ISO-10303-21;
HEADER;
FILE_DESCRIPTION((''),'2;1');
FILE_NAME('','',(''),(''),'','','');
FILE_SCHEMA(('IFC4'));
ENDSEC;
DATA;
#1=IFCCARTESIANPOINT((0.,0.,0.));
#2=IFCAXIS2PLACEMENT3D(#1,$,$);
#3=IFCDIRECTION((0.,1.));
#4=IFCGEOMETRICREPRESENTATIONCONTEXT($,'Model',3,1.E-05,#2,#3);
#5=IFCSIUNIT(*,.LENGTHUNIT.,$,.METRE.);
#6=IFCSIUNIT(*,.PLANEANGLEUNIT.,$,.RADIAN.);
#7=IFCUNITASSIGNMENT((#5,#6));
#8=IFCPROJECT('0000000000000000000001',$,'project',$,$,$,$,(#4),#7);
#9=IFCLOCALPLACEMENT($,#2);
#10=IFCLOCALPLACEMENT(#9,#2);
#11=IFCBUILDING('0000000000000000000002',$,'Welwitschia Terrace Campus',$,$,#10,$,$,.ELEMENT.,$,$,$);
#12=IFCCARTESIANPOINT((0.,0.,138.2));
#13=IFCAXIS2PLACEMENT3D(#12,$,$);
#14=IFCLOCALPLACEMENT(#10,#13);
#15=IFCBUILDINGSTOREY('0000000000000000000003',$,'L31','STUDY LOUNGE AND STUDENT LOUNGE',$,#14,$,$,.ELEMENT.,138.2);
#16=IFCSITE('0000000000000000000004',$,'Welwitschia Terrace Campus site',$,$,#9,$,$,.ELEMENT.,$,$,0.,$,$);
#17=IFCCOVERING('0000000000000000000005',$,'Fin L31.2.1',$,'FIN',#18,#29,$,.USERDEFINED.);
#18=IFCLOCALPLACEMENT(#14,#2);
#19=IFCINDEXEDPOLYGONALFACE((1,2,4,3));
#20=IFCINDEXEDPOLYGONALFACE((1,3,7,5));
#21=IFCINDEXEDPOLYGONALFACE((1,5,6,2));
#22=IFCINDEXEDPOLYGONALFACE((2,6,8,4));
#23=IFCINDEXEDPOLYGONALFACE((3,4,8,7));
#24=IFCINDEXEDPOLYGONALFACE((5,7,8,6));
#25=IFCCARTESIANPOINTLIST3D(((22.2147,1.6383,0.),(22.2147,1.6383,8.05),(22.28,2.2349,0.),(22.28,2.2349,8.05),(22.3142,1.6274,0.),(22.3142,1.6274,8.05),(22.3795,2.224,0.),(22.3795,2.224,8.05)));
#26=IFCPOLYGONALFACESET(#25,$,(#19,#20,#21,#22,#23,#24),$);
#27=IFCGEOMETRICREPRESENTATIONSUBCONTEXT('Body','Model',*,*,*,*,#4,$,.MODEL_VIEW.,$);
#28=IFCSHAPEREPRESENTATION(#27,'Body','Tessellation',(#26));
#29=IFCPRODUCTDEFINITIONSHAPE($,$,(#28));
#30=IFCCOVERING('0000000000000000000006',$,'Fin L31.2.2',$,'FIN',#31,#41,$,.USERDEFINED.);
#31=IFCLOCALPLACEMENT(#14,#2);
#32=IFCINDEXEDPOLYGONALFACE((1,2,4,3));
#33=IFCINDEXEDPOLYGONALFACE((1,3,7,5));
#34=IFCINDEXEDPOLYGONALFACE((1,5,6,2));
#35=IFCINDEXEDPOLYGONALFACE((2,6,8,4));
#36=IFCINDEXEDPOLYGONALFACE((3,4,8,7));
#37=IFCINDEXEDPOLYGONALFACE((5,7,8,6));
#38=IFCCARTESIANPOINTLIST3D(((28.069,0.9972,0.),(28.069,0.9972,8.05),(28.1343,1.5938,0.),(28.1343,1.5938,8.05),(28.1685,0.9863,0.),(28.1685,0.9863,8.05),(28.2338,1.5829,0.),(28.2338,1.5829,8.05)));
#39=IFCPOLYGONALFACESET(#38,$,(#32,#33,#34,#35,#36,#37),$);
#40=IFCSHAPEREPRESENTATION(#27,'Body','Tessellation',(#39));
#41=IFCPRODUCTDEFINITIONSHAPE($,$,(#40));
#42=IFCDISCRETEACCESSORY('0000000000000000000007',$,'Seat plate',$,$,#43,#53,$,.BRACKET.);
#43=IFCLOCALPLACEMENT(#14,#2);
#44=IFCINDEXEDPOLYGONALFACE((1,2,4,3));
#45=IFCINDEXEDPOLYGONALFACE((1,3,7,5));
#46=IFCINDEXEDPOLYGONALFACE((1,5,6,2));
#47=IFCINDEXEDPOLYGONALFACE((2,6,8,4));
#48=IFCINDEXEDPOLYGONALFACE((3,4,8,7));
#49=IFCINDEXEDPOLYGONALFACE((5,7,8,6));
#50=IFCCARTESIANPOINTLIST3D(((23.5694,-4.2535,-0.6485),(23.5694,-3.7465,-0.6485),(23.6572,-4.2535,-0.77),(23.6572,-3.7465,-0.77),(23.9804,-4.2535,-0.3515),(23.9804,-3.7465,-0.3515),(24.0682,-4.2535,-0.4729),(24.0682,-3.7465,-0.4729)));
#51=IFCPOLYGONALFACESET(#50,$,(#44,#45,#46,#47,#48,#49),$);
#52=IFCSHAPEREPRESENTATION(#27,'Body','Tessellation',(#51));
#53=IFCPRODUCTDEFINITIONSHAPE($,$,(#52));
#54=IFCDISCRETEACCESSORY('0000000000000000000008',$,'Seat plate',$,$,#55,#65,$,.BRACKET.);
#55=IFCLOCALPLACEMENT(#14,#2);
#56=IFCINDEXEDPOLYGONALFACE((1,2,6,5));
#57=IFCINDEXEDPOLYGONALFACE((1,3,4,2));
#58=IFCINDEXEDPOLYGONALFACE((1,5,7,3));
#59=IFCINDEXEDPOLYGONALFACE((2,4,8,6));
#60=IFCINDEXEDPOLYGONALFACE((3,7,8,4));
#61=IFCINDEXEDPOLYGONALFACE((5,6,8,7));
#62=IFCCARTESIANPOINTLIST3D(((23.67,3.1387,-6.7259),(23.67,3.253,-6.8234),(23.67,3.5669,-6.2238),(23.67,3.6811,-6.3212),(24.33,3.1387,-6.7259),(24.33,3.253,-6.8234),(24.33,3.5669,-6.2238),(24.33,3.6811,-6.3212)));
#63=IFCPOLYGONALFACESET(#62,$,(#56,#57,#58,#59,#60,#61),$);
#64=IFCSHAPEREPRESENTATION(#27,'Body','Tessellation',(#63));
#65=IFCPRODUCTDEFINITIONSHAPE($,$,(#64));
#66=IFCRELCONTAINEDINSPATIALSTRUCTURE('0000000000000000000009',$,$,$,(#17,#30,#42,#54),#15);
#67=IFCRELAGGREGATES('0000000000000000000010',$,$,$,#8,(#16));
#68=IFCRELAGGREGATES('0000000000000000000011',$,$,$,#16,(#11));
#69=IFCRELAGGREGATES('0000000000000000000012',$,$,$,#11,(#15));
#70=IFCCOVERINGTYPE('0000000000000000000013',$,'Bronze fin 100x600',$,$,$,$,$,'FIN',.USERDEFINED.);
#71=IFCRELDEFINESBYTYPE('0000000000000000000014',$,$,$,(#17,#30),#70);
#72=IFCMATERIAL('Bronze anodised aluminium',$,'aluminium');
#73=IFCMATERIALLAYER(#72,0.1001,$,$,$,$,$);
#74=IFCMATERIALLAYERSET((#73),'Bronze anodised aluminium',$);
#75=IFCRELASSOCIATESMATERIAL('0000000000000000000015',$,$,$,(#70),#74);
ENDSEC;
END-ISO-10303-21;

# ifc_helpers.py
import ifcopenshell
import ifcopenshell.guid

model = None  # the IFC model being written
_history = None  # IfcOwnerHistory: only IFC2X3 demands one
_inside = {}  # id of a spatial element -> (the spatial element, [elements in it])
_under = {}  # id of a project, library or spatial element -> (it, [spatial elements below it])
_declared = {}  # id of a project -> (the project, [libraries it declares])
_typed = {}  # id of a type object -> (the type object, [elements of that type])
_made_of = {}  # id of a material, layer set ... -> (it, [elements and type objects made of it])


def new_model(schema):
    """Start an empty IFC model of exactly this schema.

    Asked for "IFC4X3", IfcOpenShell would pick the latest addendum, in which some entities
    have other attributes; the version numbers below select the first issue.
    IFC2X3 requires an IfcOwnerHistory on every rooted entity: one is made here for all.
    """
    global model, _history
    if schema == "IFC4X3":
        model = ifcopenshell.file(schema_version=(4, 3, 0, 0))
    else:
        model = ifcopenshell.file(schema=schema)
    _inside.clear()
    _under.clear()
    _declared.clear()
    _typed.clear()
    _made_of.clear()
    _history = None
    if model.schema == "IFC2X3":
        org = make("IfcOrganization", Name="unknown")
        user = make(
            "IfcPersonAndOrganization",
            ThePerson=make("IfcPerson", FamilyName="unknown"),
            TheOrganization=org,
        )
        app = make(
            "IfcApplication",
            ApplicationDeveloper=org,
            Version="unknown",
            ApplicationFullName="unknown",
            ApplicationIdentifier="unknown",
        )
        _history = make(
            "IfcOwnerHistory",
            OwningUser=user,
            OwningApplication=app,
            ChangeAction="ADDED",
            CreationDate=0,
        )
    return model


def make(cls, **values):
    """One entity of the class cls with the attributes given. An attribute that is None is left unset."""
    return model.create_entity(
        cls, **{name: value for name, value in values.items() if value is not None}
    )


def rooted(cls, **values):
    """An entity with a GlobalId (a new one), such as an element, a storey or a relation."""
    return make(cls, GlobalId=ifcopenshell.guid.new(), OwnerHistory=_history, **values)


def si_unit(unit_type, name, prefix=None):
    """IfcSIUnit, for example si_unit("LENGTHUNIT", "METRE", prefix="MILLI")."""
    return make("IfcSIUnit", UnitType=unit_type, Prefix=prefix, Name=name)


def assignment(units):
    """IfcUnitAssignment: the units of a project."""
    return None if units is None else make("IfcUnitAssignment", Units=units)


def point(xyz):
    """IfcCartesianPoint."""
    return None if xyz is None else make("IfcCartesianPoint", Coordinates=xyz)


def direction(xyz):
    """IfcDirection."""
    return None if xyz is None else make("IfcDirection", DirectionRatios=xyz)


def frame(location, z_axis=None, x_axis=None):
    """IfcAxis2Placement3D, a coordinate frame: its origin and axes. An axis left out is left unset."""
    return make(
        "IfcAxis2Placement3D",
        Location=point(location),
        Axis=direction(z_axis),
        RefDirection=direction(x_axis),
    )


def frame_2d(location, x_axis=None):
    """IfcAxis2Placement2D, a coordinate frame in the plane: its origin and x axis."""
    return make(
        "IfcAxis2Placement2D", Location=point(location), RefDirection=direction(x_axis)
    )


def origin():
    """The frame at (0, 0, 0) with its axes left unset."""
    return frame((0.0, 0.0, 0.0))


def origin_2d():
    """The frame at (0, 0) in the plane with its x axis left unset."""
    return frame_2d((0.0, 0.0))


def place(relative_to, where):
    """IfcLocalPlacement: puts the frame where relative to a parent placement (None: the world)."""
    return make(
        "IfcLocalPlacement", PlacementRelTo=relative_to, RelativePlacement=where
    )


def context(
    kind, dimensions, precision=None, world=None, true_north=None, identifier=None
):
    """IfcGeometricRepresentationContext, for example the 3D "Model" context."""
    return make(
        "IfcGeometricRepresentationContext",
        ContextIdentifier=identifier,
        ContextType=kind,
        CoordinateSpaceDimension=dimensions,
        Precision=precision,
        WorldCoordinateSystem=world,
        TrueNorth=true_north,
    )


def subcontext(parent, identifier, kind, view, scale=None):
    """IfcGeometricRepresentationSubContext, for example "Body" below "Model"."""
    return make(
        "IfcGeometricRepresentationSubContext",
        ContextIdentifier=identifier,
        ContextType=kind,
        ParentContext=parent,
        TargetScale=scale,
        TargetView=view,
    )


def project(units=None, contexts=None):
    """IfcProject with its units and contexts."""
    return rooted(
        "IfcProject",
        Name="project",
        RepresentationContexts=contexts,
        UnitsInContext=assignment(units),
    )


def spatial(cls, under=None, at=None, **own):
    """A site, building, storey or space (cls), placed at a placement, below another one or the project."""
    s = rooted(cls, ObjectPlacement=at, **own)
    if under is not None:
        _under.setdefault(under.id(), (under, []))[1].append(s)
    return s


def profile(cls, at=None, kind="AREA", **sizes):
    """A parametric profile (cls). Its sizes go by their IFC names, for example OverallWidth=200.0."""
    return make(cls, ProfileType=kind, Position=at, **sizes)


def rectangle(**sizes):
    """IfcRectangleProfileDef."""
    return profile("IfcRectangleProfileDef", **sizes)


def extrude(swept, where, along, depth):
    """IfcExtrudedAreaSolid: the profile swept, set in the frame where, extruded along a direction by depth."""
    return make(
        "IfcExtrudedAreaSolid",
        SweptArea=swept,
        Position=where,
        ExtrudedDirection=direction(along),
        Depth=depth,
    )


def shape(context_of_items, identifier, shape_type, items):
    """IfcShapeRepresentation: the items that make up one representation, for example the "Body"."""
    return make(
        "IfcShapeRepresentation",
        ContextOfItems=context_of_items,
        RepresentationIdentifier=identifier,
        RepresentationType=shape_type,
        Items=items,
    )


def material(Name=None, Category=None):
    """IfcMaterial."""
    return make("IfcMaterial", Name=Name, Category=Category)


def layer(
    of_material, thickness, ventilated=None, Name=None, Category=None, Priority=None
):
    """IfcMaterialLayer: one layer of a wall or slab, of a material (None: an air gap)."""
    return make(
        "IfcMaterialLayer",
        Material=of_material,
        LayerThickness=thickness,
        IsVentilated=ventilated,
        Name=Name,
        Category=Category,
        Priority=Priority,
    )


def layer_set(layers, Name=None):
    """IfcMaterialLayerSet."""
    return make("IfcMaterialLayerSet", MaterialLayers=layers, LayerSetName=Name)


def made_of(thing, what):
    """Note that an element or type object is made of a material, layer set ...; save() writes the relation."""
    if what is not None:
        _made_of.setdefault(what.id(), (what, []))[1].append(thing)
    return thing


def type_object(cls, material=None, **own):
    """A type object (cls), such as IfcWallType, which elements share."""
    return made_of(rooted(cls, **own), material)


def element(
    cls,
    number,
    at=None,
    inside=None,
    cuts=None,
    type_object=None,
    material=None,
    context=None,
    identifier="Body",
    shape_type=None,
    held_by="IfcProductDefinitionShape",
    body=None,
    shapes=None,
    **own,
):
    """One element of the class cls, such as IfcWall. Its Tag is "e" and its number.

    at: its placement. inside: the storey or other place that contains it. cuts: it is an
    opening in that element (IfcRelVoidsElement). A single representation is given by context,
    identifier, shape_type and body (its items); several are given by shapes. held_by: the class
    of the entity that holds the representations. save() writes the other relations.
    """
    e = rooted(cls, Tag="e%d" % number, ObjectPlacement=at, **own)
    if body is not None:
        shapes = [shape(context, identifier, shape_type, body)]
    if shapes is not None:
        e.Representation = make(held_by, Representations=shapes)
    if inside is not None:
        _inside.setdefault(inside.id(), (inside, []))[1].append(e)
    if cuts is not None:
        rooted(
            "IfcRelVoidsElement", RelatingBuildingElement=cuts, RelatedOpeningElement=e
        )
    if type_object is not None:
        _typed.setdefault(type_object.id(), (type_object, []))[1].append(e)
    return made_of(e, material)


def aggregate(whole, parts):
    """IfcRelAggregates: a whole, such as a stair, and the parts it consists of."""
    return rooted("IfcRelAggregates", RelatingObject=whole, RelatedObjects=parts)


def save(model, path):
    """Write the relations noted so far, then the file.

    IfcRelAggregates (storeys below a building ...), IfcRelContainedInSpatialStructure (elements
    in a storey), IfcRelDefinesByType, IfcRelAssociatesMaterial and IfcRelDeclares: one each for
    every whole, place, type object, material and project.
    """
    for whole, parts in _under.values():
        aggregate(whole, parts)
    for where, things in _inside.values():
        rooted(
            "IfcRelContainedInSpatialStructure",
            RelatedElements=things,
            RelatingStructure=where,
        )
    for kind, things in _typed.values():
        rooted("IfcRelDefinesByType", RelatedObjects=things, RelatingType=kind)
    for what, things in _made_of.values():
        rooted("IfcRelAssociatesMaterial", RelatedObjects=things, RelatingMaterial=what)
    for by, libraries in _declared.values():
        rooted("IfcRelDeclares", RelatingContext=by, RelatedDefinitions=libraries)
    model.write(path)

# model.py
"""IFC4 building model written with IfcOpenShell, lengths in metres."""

from ifc_helpers import new_model, si_unit, direction, frame, origin, origin_2d, place, context, subcontext, project, spatial, rectangle, extrude, material, layer, layer_set, type_object, element, save


model = new_model("IFC4")

# Units and contexts
model_context = context("Model", 3, precision=1e-05, world=origin(), true_north=direction((0.0, 1.0)))
body_context = subcontext(model_context, "Body", "Model", "MODEL_VIEW")
ifc_project = project(units=[si_unit("LENGTHUNIT", "METRE"), si_unit("PLANEANGLEUNIT", "RADIAN")], contexts=[model_context])

# Site, building, storey
site_placement = place(None, origin())
site = spatial("IfcSite", under=ifc_project, at=site_placement, Name="Welwitschia Terrace Campus site", CompositionType="ELEMENT", RefElevation=0.0)
building_placement = place(site_placement, origin())
building = spatial("IfcBuilding", under=site, at=building_placement, Name="Welwitschia Terrace Campus", CompositionType="ELEMENT")
storey_placement = place(building_placement, frame((0.0, 0.0, 138.2)))
storey = spatial("IfcBuildingStorey", under=building, at=storey_placement, Name="L31", Description="STUDY LOUNGE AND STUDENT LOUNGE", CompositionType="ELEMENT", Elevation=138.2)

# Coverings
ifc_material_1 = material(Name="Bronze anodised aluminium", Category="aluminium")
ifc_layer_1 = layer(ifc_material_1, 0.1001)
ifc_layer_set_1 = layer_set([ifc_layer_1], Name="Bronze anodised aluminium")
covering_type = type_object("IfcCoveringType", Name="Bronze fin 100x600", ElementType="FIN", PredefinedType="USERDEFINED", material=ifc_layer_set_1)
for number, where, z_axis, x_axis, name in (
    (1, (22.2971, 1.9312, 0.0), (0.0, 0.0, 1.0), (0.994056, -0.108867, 0.0), "Fin L31.2.1"),
    (2, (28.1514, 1.29, 0.0), (0.0, 0.0, 1.0), (0.994056, -0.108867, 0.0), "Fin L31.2.2"),
):
    element("IfcCovering", number, at=place(storey_placement, frame(where, z_axis=z_axis, x_axis=x_axis)), inside=storey, type_object=covering_type, Name=name, ObjectType="FIN", PredefinedType="USERDEFINED", context=body_context, shape_type="SweptSolid", body=[
        extrude(rectangle(XDim=0.1001, YDim=0.6001, at=origin_2d()), origin(), (0.0, 0.0, 1.0), 8.05),
    ])

# Discrete accessories
discrete_accessory_1_placement = place(storey_placement, frame((23.7749, -4.0, -0.5), z_axis=(0.585847, 0.0, -0.810422), x_axis=(0.0, 1.0, 0.0)))
element("IfcDiscreteAccessory", 3, at=discrete_accessory_1_placement, inside=storey, Name="Seat plate", PredefinedType="BRACKET", context=body_context, shape_type="SweptSolid", body=[
    extrude(rectangle(XDim=0.5071, YDim=0.5071, at=origin_2d()), origin(), (0.0, 0.0, 1.0), 0.1499),
])
discrete_accessory_2_placement = place(storey_placement, frame((24.0, 3.3528, -6.4749), z_axis=(0.0, 0.760976, -0.64878), x_axis=(-1.0, 0.0, 0.0)))
element("IfcDiscreteAccessory", 4, at=discrete_accessory_2_placement, inside=storey, Name="Seat plate", PredefinedType="BRACKET", context=body_context, shape_type="SweptSolid", body=[
    extrude(rectangle(XDim=0.6599, YDim=0.6599, at=origin_2d()), origin(), (0.0, 0.0, 1.0), 0.1501),
])

save(model, "model.ifc")
